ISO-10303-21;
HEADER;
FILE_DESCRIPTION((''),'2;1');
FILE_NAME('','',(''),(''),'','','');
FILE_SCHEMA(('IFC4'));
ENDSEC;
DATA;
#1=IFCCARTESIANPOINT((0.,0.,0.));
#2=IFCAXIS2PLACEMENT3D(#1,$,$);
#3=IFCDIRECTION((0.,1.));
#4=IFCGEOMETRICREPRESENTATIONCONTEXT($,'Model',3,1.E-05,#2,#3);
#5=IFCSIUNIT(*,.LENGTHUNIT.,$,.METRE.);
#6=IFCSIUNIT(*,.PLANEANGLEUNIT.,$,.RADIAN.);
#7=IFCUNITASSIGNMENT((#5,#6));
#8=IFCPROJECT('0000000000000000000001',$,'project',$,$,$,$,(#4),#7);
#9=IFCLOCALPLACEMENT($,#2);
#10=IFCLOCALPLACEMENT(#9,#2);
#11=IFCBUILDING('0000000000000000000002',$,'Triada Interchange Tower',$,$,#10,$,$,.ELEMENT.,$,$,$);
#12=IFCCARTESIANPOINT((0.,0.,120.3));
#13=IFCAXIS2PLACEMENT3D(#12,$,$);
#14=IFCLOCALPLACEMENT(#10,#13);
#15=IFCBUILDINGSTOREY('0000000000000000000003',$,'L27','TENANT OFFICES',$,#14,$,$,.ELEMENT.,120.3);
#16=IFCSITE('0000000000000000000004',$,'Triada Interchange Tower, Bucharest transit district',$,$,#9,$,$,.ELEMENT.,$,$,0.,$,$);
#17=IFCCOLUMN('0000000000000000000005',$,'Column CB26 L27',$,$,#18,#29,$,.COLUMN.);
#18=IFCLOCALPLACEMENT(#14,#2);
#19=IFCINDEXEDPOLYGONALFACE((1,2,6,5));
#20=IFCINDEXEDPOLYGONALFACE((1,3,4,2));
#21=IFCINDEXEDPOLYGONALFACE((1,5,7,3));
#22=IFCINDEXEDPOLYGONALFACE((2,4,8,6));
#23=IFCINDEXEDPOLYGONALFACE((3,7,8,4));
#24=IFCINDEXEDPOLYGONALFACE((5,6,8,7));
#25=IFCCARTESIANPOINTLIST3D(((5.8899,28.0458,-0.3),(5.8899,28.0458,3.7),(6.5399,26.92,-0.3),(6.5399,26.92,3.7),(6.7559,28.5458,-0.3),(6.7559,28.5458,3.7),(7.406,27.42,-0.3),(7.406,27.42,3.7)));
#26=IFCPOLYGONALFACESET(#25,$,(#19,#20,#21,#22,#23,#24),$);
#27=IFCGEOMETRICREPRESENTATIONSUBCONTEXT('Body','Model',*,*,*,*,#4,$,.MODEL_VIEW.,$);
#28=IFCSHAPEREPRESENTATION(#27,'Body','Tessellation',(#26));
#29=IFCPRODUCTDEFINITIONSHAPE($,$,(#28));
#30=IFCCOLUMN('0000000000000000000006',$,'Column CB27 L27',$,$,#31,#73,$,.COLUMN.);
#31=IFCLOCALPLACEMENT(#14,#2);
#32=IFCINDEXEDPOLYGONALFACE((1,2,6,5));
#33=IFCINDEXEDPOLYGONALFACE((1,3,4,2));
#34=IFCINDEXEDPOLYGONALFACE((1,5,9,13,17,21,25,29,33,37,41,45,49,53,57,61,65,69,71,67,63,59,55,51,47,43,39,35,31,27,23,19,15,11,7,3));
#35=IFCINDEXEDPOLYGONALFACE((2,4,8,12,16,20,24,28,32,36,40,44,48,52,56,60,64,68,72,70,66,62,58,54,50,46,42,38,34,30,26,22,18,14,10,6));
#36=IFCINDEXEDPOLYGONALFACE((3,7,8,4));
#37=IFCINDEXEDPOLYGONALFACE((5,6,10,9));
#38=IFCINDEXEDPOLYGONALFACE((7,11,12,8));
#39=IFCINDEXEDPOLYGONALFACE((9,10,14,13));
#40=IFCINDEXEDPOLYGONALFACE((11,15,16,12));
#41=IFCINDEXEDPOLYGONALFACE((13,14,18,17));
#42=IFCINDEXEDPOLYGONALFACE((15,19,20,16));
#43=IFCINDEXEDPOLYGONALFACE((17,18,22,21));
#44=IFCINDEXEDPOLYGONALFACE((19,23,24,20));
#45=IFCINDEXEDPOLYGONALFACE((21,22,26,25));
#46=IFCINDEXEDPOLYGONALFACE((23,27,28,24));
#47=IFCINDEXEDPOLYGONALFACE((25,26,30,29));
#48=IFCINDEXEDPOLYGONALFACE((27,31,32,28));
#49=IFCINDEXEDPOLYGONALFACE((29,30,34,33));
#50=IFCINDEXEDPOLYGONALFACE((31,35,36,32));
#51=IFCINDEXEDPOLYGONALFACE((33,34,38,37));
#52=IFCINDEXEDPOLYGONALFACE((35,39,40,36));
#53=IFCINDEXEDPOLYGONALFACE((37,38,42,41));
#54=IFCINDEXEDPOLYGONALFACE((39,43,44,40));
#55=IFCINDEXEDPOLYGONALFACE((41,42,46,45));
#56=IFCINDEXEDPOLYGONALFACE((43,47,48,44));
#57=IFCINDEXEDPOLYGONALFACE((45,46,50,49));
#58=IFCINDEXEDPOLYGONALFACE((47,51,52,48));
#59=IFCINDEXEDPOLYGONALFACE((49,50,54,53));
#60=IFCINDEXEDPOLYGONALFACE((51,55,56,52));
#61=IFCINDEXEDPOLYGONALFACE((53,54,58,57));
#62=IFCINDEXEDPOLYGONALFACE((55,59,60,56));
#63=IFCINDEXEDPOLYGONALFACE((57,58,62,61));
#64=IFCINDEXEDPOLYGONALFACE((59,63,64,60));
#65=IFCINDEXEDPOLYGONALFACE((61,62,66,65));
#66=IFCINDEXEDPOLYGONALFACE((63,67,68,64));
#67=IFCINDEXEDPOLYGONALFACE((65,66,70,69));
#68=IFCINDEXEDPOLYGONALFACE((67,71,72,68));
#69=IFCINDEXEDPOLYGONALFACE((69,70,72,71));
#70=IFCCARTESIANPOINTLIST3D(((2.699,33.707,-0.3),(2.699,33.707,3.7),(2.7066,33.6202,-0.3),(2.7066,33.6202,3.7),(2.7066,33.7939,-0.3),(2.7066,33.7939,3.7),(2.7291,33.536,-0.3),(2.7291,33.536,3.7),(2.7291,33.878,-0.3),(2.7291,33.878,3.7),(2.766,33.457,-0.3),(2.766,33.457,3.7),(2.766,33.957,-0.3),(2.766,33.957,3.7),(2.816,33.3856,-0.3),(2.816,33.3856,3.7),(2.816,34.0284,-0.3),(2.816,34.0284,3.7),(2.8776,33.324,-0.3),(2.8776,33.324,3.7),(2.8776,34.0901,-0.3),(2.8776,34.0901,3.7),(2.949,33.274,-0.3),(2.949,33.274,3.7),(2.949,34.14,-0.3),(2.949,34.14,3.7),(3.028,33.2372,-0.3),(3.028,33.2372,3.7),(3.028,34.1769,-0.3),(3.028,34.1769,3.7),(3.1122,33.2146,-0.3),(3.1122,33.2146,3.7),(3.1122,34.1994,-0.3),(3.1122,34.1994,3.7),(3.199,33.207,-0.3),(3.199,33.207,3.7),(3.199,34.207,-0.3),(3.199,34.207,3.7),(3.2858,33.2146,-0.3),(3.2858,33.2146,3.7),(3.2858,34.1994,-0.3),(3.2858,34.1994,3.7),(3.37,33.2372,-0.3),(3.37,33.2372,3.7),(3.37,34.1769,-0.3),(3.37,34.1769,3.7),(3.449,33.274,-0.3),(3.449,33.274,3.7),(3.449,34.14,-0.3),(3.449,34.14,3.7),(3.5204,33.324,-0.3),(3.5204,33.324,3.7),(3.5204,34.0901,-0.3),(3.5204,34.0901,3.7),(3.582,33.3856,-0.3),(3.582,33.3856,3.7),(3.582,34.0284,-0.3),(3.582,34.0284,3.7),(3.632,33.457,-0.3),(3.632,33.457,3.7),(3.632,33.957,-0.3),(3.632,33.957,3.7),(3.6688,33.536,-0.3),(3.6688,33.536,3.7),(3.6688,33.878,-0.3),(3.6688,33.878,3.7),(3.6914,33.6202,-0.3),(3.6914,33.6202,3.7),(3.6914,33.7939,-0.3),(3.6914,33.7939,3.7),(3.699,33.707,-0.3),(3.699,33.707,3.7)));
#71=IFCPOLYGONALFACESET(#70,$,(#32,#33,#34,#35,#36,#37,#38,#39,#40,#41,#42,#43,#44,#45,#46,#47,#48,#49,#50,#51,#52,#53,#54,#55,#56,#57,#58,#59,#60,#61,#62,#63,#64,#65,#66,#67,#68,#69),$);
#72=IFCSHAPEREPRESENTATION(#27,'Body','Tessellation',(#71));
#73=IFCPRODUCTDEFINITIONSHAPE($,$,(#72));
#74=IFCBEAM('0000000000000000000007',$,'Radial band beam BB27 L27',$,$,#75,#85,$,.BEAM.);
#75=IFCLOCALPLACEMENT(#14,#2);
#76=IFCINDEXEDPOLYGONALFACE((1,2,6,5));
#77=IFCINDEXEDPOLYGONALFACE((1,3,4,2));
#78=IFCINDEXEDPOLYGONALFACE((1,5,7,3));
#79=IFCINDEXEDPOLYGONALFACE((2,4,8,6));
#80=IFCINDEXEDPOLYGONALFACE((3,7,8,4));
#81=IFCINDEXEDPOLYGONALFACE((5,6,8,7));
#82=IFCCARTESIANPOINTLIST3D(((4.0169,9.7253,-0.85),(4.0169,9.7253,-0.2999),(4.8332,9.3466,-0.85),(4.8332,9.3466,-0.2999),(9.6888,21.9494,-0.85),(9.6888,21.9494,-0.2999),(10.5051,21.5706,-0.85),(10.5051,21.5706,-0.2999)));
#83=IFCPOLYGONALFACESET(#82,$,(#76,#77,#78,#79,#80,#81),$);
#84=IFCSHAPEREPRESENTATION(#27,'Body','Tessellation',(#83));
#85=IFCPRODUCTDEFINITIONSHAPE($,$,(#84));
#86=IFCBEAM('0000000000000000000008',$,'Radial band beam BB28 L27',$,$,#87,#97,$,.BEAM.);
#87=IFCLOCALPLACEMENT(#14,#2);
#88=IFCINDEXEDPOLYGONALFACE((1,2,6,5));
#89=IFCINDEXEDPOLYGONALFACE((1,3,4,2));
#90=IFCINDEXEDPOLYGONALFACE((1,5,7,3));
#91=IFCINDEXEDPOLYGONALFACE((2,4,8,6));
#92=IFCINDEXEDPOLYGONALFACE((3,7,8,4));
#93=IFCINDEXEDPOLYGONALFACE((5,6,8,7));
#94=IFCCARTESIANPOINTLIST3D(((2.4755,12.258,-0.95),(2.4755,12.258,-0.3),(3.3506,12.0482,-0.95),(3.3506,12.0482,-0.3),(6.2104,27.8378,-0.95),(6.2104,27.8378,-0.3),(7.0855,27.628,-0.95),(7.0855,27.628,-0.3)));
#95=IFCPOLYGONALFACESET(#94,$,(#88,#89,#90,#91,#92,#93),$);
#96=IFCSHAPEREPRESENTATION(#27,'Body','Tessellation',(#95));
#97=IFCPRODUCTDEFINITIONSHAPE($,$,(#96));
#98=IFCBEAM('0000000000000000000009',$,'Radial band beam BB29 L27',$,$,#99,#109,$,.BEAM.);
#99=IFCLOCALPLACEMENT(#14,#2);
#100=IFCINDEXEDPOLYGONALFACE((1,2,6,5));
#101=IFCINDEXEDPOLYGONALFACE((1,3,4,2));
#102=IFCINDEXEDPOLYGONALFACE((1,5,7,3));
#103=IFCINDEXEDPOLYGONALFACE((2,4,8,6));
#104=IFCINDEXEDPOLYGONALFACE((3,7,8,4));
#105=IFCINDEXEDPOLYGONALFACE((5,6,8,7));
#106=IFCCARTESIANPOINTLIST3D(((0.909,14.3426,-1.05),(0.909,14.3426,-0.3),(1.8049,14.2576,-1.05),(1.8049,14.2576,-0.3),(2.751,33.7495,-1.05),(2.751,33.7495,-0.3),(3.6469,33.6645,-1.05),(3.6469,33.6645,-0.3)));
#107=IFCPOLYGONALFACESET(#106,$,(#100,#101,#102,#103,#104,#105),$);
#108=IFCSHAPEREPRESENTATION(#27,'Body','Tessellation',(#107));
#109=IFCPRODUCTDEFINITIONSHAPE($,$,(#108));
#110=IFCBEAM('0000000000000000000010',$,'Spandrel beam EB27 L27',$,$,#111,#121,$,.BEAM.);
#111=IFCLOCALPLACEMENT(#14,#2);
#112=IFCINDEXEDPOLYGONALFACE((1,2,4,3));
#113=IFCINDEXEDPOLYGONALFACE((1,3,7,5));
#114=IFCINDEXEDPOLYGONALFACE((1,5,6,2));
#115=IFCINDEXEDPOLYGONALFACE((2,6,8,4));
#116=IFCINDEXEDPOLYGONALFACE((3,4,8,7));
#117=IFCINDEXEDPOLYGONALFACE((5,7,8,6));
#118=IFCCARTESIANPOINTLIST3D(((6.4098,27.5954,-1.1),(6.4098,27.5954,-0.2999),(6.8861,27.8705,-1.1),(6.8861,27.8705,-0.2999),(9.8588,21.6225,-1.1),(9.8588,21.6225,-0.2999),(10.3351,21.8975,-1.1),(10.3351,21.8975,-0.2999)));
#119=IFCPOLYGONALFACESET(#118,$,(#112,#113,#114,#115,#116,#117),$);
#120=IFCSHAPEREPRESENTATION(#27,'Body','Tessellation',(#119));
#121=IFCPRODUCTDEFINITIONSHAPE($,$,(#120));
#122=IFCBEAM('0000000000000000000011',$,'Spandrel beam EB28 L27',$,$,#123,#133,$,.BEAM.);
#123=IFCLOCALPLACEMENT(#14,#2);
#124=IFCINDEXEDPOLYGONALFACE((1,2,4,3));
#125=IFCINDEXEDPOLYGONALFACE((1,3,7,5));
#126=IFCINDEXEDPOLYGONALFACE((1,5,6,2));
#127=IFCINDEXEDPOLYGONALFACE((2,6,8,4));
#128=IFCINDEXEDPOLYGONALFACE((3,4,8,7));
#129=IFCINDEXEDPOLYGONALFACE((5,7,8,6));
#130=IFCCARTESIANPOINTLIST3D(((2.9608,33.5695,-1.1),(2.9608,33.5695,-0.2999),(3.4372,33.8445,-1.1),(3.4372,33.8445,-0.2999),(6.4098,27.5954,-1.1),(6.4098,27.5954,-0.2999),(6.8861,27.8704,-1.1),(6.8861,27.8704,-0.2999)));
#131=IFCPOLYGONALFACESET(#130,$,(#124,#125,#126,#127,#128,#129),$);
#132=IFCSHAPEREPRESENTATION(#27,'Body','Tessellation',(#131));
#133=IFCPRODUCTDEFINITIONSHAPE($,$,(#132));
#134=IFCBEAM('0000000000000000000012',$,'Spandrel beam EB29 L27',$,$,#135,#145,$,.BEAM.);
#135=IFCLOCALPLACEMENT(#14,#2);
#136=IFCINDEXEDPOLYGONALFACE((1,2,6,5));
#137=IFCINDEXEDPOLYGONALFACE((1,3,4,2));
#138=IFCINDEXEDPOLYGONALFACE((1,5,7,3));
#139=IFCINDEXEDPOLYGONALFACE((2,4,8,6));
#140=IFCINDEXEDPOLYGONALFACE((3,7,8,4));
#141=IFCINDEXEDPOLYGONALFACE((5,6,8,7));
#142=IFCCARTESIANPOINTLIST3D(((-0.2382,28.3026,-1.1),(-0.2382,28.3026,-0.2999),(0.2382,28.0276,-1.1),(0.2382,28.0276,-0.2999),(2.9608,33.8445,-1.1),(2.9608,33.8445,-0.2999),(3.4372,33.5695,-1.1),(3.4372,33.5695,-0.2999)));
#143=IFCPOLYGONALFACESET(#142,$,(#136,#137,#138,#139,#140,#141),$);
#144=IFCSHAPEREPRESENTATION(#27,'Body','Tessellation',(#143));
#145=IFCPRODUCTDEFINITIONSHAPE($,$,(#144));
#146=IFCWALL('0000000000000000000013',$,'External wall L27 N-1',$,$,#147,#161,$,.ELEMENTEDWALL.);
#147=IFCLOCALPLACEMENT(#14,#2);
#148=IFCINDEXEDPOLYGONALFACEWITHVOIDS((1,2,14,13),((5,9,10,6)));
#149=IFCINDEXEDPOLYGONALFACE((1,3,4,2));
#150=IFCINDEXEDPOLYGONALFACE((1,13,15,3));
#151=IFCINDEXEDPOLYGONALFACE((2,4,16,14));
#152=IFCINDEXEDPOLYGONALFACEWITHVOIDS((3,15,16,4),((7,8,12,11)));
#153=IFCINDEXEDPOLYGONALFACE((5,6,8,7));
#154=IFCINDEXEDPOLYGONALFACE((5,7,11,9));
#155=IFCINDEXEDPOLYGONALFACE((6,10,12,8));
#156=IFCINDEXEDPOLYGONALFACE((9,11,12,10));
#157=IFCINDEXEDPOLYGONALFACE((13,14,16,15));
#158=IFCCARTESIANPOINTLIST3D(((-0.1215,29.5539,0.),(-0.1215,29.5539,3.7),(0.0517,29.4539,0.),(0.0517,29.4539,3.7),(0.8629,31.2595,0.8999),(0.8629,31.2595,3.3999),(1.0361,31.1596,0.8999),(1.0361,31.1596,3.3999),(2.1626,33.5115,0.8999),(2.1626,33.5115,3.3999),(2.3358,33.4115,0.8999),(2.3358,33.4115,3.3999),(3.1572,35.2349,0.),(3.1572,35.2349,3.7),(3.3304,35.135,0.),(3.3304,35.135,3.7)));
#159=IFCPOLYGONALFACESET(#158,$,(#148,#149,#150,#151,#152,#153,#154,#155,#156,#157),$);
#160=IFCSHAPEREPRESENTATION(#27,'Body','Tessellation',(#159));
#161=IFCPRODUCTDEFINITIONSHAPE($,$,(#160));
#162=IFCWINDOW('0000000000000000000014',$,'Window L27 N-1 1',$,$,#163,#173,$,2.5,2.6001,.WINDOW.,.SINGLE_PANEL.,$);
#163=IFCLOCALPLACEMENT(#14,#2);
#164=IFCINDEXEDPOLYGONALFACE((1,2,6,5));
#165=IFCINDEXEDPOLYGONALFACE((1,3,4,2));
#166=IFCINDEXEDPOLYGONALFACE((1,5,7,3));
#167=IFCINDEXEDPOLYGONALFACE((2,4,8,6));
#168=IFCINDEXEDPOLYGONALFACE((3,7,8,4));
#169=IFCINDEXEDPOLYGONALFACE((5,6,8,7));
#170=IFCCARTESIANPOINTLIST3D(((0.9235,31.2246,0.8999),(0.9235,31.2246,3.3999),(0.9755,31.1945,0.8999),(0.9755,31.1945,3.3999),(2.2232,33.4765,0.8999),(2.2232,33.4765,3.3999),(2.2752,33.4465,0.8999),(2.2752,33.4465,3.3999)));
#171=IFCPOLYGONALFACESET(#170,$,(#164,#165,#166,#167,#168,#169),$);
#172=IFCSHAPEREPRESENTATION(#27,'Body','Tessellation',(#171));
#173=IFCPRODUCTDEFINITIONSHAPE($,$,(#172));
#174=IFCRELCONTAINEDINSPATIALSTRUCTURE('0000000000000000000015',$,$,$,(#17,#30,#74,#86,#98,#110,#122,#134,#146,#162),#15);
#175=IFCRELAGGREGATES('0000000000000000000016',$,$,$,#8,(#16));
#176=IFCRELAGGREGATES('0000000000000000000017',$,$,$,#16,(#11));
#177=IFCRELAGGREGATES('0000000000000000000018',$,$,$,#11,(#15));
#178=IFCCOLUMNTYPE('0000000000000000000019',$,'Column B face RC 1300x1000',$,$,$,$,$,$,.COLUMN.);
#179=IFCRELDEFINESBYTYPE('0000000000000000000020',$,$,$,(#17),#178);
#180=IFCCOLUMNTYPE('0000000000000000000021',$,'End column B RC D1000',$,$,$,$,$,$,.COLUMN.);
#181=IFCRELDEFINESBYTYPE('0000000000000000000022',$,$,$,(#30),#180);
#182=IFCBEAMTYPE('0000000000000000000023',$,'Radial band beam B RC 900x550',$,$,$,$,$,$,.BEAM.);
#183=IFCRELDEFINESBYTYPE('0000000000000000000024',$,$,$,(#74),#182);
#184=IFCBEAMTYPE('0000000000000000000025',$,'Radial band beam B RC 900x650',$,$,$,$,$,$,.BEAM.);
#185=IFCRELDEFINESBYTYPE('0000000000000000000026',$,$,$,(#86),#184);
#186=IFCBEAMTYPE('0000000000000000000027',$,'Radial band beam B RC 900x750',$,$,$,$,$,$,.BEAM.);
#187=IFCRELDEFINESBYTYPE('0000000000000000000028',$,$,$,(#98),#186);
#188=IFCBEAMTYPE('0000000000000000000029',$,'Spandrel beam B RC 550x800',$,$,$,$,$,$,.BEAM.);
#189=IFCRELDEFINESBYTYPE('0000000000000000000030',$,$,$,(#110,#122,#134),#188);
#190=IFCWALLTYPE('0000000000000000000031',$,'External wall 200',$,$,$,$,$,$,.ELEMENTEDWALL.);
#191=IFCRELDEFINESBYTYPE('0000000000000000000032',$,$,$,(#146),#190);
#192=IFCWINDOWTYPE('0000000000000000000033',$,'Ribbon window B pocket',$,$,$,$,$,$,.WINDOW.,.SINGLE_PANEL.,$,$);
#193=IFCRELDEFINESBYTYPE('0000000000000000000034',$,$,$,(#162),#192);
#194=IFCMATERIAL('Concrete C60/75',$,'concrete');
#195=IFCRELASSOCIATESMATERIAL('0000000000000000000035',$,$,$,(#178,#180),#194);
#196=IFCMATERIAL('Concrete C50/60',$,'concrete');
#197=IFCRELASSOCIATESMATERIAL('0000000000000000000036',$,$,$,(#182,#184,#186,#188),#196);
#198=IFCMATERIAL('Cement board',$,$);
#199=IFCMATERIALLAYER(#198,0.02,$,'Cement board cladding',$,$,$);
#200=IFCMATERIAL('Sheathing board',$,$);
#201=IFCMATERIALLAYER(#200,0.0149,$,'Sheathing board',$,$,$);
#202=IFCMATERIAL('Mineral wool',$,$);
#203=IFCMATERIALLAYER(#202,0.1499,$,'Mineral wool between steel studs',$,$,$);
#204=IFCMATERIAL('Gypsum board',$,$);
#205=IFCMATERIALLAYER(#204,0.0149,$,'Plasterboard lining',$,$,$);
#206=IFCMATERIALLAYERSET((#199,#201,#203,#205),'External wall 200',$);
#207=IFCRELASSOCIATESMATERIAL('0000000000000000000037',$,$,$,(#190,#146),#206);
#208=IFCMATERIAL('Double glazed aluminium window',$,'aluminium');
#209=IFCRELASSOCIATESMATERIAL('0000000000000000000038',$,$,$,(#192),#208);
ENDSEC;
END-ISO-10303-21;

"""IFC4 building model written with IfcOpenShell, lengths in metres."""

from ifc_helpers import new_model, si_unit, direction, frame, frame_2d, origin, origin_2d, place, context, subcontext, project, spatial, rectangle, circle, extrude, material, layer, layer_set, layer_usage, material_profile, profile_set, type_object, element, fill, save


model = new_model("IFC4")

# Units and contexts
model_context = context("Model", 3, precision=1e-05, world=origin(), true_north=direction((0.0, 1.0)))
body_context = subcontext(model_context, "Body", "Model", "MODEL_VIEW")
ifc_project = project(units=[si_unit("LENGTHUNIT", "METRE"), si_unit("PLANEANGLEUNIT", "RADIAN")], contexts=[model_context])

# Site, building, storey
site_placement = place(None, origin())
site = spatial("IfcSite", under=ifc_project, at=site_placement, Name="Triada Interchange Tower, Bucharest transit district", CompositionType="ELEMENT", RefElevation=0.0)
building_placement = place(site_placement, origin())
building = spatial("IfcBuilding", under=site, at=building_placement, Name="Triada Interchange Tower", CompositionType="ELEMENT")
storey_placement = place(building_placement, frame((0.0, 0.0, 120.3)))
storey = spatial("IfcBuildingStorey", under=building, at=storey_placement, Name="L27", Description="TENANT OFFICES", CompositionType="ELEMENT", Elevation=120.3)

# Columns
ifc_material_1 = material(Name="Concrete C60/75", Category="concrete")
ifc_material_profile_1 = material_profile(ifc_material_1, rectangle(XDim=1.3, YDim=1.0, at=origin_2d()), Name="RC 1300x1000")
ifc_profile_set_1 = profile_set([ifc_material_profile_1], Name="Concrete C60/75")
column_type_1 = type_object("IfcColumnType", Name="Column B face RC 1300x1000", PredefinedType="COLUMN", material=ifc_profile_set_1)
column_1_placement = place(storey_placement, frame((6.6479, 27.7329, -0.3), z_axis=(0.0, 0.0, 1.0), x_axis=(-0.5, 0.866025, 0.0)))
element("IfcColumn", 1, at=column_1_placement, inside=storey, type_object=column_type_1, Name="Column CB26 L27", PredefinedType="COLUMN", context=body_context, shape_type="SweptSolid", body=[
    extrude(rectangle(XDim=1.3, YDim=1.0, at=origin_2d()), origin(), (0.0, 0.0, 1.0), 4.0),
])
ifc_material_profile_2 = material_profile(ifc_material_1, circle(Radius=0.5, at=origin_2d()), Name="RC D1000")
ifc_profile_set_2 = profile_set([ifc_material_profile_2], Name="Concrete C60/75")
column_type_2 = type_object("IfcColumnType", Name="End column B RC D1000", PredefinedType="COLUMN", material=ifc_profile_set_2)
column_2_placement = place(storey_placement, frame((3.199, 33.707, -0.3), z_axis=(0.0, 0.0, 1.0), x_axis=(-0.5, 0.866025, 0.0)))
element("IfcColumn", 2, at=column_2_placement, inside=storey, type_object=column_type_2, Name="Column CB27 L27", PredefinedType="COLUMN", context=body_context, shape_type="SweptSolid", body=[
    extrude(circle(Radius=0.5, at=origin_2d()), origin(), (0.0, 0.0, 1.0), 4.0),
])

# Beams
ifc_material_2 = material(Name="Concrete C50/60", Category="concrete")
ifc_material_profile_3 = material_profile(ifc_material_2, rectangle(XDim=0.8999, YDim=0.55, at=origin_2d()), Name="RC 900x550")
ifc_profile_set_3 = profile_set([ifc_material_profile_3], Name="Concrete C50/60")
beam_type_1 = type_object("IfcBeamType", Name="Radial band beam B RC 900x550", PredefinedType="BEAM", material=ifc_profile_set_3)
beam_1_placement = place(storey_placement, frame((10.0969, 21.76, -0.575), z_axis=(-0.420891, -0.907111, 0.0), x_axis=(0.907111, -0.420891, 0.0)))
element("IfcBeam", 3, at=beam_1_placement, inside=storey, type_object=beam_type_1, Name="Radial band beam BB27 L27", PredefinedType="BEAM", context=body_context, shape_type="SweptSolid", body=[
    extrude(rectangle(XDim=0.8999, YDim=0.55, at=origin_2d()), origin(), (0.0, 0.0, 1.0), 13.4758),
])
ifc_material_profile_4 = material_profile(ifc_material_2, rectangle(XDim=0.8999, YDim=0.6499, at=origin_2d()), Name="RC 900x650")
ifc_profile_set_4 = profile_set([ifc_material_profile_4], Name="Concrete C50/60")
beam_type_2 = type_object("IfcBeamType", Name="Radial band beam B RC 900x650", PredefinedType="BEAM", material=ifc_profile_set_4)
beam_2_placement = place(storey_placement, frame((6.6479, 27.7329, -0.625), z_axis=(-0.233119, -0.972448, 0.0), x_axis=(0.972448, -0.233119, 0.0)))
element("IfcBeam", 4, at=beam_2_placement, inside=storey, type_object=beam_type_2, Name="Radial band beam BB28 L27", PredefinedType="BEAM", context=body_context, shape_type="SweptSolid", body=[
    extrude(rectangle(XDim=0.8999, YDim=0.6499, at=origin_2d()), origin(), (0.0, 0.0, 1.0), 16.0212),
])
ifc_material_profile_5 = material_profile(ifc_material_2, rectangle(XDim=0.8999, YDim=0.75, at=origin_2d()), Name="RC 900x750")
ifc_profile_set_5 = profile_set([ifc_material_profile_5], Name="Concrete C50/60")
beam_type_3 = type_object("IfcBeamType", Name="Radial band beam B RC 900x750", PredefinedType="BEAM", material=ifc_profile_set_5)
beam_3_placement = place(storey_placement, frame((3.199, 33.707, -0.675), z_axis=(-0.094492, -0.995526, 0.0), x_axis=(0.995526, -0.094492, 0.0)))
element("IfcBeam", 5, at=beam_3_placement, inside=storey, type_object=beam_type_3, Name="Radial band beam BB29 L27", PredefinedType="BEAM", context=body_context, shape_type="SweptSolid", body=[
    extrude(rectangle(XDim=0.8999, YDim=0.75, at=origin_2d()), origin(), (0.0, 0.0, 1.0), 19.4941),
])
ifc_material_profile_6 = material_profile(ifc_material_2, rectangle(XDim=0.55, YDim=0.8, at=origin_2d()), Name="RC 550x800")
ifc_profile_set_6 = profile_set([ifc_material_profile_6], Name="Concrete C50/60")
beam_type_4 = type_object("IfcBeamType", Name="Spandrel beam B RC 550x800", PredefinedType="BEAM", material=ifc_profile_set_6)
beam_4_placement = place(storey_placement, frame((10.0969, 21.76, -0.7), z_axis=(-0.500056, 0.865993, 0.0), x_axis=(-0.865993, -0.500056, 0.0)))
element("IfcBeam", 6, at=beam_4_placement, inside=storey, type_object=beam_type_4, Name="Spandrel beam EB27 L27", PredefinedType="BEAM", context=body_context, shape_type="SweptSolid", body=[
    extrude(rectangle(XDim=0.55, YDim=0.8, at=origin_2d()), origin(), (0.0, 0.0, 1.0), 6.8972),
])
beam_5_placement = place(storey_placement, frame((6.6479, 27.7329, -0.7), z_axis=(-0.49998, 0.866037, 0.0), x_axis=(-0.866037, -0.49998, 0.0)))
element("IfcBeam", 7, at=beam_5_placement, inside=storey, type_object=beam_type_4, Name="Spandrel beam EB28 L27", PredefinedType="BEAM", context=body_context, shape_type="SweptSolid", body=[
    extrude(rectangle(XDim=0.55, YDim=0.8, at=origin_2d()), origin(), (0.0, 0.0, 1.0), 6.8982),
])
beam_6_placement = place(storey_placement, frame((3.199, 33.707, -0.7), z_axis=(-0.499918, -0.866073, 0.0), x_axis=(0.866073, -0.499918, 0.0)))
element("IfcBeam", 8, at=beam_6_placement, inside=storey, type_object=beam_type_4, Name="Spandrel beam EB29 L27", PredefinedType="BEAM", context=body_context, shape_type="SweptSolid", body=[
    extrude(rectangle(XDim=0.55, YDim=0.8, at=origin_2d()), origin(), (0.0, 0.0, 1.0), 6.3989),
])

# Wall, opening, window
ifc_material_3 = material(Name="Cement board")
ifc_layer_1 = layer(ifc_material_3, 0.02, Name="Cement board cladding")
ifc_material_4 = material(Name="Sheathing board")
ifc_layer_2 = layer(ifc_material_4, 0.0149, Name="Sheathing board")
ifc_material_5 = material(Name="Mineral wool")
ifc_layer_3 = layer(ifc_material_5, 0.1499, Name="Mineral wool between steel studs")
ifc_material_6 = material(Name="Gypsum board")
ifc_layer_4 = layer(ifc_material_6, 0.0149, Name="Plasterboard lining")
ifc_layer_set_1 = layer_set([ifc_layer_1, ifc_layer_2, ifc_layer_3, ifc_layer_4], Name="External wall 200")
ifc_layer_usage = layer_usage(ifc_layer_set_1, "AXIS2", "POSITIVE", -0.1001)
wall_type_1 = type_object("IfcWallType", Name="External wall 200", PredefinedType="ELEMENTEDWALL", material=ifc_layer_set_1)
wall_1_placement = place(storey_placement, frame((3.2439, 35.1851, 0.0), z_axis=(0.0, 0.0, 1.0), x_axis=(-0.499862, -0.866105, 0.0)))
wall_1 = element("IfcWall", 9, at=wall_1_placement, inside=storey, type_object=wall_type_1, material=ifc_layer_usage, Name="External wall L27 N-1", PredefinedType="ELEMENTEDWALL", context=body_context, shape_type="SweptSolid", body=[
    extrude(rectangle(XDim=6.5593, YDim=0.2, at=frame_2d((3.2798, 0.0))), origin(), (0.0, 0.0, 1.0), 3.7),
])
opening_1_placement = place(wall_1_placement, frame((1.99, 0.0, 0.8999)))
opening_1 = element("IfcOpeningElement", 10, at=opening_1_placement, cuts=wall_1, PredefinedType="OPENING", context=body_context, shape_type="SweptSolid", body=[
    extrude(rectangle(XDim=2.6001, YDim=2.5, at=frame_2d((1.3, 1.25))), frame((0.0, 0.1099, 0.0), z_axis=(0.0, -1.0, 0.0), x_axis=(1.0, 0.0, 0.0)), (0.0, 0.0, 1.0), 0.22),
])
ifc_material_7 = material(Name="Double glazed aluminium window", Category="aluminium")
window_type = type_object("IfcWindowType", Name="Ribbon window B pocket", PartitioningType="SINGLE_PANEL", PredefinedType="WINDOW", material=ifc_material_7)
window_1_placement = place(opening_1_placement, origin())
window_1 = element("IfcWindow", 11, at=window_1_placement, inside=storey, type_object=window_type, Name="Window L27 N-1 1", OverallHeight=2.5, OverallWidth=2.6001, PartitioningType="SINGLE_PANEL", PredefinedType="WINDOW", context=body_context, shape_type="SweptSolid", body=[
    extrude(rectangle(XDim=2.6001, YDim=2.5, at=frame_2d((1.3, 1.25))), frame((0.0, 0.03, 0.0), z_axis=(0.0, -1.0, 0.0), x_axis=(1.0, 0.0, 0.0)), (0.0, 0.0, 1.0), 0.0601),
])
fill(opening_1, window_1)

save(model, "model.ifc")
